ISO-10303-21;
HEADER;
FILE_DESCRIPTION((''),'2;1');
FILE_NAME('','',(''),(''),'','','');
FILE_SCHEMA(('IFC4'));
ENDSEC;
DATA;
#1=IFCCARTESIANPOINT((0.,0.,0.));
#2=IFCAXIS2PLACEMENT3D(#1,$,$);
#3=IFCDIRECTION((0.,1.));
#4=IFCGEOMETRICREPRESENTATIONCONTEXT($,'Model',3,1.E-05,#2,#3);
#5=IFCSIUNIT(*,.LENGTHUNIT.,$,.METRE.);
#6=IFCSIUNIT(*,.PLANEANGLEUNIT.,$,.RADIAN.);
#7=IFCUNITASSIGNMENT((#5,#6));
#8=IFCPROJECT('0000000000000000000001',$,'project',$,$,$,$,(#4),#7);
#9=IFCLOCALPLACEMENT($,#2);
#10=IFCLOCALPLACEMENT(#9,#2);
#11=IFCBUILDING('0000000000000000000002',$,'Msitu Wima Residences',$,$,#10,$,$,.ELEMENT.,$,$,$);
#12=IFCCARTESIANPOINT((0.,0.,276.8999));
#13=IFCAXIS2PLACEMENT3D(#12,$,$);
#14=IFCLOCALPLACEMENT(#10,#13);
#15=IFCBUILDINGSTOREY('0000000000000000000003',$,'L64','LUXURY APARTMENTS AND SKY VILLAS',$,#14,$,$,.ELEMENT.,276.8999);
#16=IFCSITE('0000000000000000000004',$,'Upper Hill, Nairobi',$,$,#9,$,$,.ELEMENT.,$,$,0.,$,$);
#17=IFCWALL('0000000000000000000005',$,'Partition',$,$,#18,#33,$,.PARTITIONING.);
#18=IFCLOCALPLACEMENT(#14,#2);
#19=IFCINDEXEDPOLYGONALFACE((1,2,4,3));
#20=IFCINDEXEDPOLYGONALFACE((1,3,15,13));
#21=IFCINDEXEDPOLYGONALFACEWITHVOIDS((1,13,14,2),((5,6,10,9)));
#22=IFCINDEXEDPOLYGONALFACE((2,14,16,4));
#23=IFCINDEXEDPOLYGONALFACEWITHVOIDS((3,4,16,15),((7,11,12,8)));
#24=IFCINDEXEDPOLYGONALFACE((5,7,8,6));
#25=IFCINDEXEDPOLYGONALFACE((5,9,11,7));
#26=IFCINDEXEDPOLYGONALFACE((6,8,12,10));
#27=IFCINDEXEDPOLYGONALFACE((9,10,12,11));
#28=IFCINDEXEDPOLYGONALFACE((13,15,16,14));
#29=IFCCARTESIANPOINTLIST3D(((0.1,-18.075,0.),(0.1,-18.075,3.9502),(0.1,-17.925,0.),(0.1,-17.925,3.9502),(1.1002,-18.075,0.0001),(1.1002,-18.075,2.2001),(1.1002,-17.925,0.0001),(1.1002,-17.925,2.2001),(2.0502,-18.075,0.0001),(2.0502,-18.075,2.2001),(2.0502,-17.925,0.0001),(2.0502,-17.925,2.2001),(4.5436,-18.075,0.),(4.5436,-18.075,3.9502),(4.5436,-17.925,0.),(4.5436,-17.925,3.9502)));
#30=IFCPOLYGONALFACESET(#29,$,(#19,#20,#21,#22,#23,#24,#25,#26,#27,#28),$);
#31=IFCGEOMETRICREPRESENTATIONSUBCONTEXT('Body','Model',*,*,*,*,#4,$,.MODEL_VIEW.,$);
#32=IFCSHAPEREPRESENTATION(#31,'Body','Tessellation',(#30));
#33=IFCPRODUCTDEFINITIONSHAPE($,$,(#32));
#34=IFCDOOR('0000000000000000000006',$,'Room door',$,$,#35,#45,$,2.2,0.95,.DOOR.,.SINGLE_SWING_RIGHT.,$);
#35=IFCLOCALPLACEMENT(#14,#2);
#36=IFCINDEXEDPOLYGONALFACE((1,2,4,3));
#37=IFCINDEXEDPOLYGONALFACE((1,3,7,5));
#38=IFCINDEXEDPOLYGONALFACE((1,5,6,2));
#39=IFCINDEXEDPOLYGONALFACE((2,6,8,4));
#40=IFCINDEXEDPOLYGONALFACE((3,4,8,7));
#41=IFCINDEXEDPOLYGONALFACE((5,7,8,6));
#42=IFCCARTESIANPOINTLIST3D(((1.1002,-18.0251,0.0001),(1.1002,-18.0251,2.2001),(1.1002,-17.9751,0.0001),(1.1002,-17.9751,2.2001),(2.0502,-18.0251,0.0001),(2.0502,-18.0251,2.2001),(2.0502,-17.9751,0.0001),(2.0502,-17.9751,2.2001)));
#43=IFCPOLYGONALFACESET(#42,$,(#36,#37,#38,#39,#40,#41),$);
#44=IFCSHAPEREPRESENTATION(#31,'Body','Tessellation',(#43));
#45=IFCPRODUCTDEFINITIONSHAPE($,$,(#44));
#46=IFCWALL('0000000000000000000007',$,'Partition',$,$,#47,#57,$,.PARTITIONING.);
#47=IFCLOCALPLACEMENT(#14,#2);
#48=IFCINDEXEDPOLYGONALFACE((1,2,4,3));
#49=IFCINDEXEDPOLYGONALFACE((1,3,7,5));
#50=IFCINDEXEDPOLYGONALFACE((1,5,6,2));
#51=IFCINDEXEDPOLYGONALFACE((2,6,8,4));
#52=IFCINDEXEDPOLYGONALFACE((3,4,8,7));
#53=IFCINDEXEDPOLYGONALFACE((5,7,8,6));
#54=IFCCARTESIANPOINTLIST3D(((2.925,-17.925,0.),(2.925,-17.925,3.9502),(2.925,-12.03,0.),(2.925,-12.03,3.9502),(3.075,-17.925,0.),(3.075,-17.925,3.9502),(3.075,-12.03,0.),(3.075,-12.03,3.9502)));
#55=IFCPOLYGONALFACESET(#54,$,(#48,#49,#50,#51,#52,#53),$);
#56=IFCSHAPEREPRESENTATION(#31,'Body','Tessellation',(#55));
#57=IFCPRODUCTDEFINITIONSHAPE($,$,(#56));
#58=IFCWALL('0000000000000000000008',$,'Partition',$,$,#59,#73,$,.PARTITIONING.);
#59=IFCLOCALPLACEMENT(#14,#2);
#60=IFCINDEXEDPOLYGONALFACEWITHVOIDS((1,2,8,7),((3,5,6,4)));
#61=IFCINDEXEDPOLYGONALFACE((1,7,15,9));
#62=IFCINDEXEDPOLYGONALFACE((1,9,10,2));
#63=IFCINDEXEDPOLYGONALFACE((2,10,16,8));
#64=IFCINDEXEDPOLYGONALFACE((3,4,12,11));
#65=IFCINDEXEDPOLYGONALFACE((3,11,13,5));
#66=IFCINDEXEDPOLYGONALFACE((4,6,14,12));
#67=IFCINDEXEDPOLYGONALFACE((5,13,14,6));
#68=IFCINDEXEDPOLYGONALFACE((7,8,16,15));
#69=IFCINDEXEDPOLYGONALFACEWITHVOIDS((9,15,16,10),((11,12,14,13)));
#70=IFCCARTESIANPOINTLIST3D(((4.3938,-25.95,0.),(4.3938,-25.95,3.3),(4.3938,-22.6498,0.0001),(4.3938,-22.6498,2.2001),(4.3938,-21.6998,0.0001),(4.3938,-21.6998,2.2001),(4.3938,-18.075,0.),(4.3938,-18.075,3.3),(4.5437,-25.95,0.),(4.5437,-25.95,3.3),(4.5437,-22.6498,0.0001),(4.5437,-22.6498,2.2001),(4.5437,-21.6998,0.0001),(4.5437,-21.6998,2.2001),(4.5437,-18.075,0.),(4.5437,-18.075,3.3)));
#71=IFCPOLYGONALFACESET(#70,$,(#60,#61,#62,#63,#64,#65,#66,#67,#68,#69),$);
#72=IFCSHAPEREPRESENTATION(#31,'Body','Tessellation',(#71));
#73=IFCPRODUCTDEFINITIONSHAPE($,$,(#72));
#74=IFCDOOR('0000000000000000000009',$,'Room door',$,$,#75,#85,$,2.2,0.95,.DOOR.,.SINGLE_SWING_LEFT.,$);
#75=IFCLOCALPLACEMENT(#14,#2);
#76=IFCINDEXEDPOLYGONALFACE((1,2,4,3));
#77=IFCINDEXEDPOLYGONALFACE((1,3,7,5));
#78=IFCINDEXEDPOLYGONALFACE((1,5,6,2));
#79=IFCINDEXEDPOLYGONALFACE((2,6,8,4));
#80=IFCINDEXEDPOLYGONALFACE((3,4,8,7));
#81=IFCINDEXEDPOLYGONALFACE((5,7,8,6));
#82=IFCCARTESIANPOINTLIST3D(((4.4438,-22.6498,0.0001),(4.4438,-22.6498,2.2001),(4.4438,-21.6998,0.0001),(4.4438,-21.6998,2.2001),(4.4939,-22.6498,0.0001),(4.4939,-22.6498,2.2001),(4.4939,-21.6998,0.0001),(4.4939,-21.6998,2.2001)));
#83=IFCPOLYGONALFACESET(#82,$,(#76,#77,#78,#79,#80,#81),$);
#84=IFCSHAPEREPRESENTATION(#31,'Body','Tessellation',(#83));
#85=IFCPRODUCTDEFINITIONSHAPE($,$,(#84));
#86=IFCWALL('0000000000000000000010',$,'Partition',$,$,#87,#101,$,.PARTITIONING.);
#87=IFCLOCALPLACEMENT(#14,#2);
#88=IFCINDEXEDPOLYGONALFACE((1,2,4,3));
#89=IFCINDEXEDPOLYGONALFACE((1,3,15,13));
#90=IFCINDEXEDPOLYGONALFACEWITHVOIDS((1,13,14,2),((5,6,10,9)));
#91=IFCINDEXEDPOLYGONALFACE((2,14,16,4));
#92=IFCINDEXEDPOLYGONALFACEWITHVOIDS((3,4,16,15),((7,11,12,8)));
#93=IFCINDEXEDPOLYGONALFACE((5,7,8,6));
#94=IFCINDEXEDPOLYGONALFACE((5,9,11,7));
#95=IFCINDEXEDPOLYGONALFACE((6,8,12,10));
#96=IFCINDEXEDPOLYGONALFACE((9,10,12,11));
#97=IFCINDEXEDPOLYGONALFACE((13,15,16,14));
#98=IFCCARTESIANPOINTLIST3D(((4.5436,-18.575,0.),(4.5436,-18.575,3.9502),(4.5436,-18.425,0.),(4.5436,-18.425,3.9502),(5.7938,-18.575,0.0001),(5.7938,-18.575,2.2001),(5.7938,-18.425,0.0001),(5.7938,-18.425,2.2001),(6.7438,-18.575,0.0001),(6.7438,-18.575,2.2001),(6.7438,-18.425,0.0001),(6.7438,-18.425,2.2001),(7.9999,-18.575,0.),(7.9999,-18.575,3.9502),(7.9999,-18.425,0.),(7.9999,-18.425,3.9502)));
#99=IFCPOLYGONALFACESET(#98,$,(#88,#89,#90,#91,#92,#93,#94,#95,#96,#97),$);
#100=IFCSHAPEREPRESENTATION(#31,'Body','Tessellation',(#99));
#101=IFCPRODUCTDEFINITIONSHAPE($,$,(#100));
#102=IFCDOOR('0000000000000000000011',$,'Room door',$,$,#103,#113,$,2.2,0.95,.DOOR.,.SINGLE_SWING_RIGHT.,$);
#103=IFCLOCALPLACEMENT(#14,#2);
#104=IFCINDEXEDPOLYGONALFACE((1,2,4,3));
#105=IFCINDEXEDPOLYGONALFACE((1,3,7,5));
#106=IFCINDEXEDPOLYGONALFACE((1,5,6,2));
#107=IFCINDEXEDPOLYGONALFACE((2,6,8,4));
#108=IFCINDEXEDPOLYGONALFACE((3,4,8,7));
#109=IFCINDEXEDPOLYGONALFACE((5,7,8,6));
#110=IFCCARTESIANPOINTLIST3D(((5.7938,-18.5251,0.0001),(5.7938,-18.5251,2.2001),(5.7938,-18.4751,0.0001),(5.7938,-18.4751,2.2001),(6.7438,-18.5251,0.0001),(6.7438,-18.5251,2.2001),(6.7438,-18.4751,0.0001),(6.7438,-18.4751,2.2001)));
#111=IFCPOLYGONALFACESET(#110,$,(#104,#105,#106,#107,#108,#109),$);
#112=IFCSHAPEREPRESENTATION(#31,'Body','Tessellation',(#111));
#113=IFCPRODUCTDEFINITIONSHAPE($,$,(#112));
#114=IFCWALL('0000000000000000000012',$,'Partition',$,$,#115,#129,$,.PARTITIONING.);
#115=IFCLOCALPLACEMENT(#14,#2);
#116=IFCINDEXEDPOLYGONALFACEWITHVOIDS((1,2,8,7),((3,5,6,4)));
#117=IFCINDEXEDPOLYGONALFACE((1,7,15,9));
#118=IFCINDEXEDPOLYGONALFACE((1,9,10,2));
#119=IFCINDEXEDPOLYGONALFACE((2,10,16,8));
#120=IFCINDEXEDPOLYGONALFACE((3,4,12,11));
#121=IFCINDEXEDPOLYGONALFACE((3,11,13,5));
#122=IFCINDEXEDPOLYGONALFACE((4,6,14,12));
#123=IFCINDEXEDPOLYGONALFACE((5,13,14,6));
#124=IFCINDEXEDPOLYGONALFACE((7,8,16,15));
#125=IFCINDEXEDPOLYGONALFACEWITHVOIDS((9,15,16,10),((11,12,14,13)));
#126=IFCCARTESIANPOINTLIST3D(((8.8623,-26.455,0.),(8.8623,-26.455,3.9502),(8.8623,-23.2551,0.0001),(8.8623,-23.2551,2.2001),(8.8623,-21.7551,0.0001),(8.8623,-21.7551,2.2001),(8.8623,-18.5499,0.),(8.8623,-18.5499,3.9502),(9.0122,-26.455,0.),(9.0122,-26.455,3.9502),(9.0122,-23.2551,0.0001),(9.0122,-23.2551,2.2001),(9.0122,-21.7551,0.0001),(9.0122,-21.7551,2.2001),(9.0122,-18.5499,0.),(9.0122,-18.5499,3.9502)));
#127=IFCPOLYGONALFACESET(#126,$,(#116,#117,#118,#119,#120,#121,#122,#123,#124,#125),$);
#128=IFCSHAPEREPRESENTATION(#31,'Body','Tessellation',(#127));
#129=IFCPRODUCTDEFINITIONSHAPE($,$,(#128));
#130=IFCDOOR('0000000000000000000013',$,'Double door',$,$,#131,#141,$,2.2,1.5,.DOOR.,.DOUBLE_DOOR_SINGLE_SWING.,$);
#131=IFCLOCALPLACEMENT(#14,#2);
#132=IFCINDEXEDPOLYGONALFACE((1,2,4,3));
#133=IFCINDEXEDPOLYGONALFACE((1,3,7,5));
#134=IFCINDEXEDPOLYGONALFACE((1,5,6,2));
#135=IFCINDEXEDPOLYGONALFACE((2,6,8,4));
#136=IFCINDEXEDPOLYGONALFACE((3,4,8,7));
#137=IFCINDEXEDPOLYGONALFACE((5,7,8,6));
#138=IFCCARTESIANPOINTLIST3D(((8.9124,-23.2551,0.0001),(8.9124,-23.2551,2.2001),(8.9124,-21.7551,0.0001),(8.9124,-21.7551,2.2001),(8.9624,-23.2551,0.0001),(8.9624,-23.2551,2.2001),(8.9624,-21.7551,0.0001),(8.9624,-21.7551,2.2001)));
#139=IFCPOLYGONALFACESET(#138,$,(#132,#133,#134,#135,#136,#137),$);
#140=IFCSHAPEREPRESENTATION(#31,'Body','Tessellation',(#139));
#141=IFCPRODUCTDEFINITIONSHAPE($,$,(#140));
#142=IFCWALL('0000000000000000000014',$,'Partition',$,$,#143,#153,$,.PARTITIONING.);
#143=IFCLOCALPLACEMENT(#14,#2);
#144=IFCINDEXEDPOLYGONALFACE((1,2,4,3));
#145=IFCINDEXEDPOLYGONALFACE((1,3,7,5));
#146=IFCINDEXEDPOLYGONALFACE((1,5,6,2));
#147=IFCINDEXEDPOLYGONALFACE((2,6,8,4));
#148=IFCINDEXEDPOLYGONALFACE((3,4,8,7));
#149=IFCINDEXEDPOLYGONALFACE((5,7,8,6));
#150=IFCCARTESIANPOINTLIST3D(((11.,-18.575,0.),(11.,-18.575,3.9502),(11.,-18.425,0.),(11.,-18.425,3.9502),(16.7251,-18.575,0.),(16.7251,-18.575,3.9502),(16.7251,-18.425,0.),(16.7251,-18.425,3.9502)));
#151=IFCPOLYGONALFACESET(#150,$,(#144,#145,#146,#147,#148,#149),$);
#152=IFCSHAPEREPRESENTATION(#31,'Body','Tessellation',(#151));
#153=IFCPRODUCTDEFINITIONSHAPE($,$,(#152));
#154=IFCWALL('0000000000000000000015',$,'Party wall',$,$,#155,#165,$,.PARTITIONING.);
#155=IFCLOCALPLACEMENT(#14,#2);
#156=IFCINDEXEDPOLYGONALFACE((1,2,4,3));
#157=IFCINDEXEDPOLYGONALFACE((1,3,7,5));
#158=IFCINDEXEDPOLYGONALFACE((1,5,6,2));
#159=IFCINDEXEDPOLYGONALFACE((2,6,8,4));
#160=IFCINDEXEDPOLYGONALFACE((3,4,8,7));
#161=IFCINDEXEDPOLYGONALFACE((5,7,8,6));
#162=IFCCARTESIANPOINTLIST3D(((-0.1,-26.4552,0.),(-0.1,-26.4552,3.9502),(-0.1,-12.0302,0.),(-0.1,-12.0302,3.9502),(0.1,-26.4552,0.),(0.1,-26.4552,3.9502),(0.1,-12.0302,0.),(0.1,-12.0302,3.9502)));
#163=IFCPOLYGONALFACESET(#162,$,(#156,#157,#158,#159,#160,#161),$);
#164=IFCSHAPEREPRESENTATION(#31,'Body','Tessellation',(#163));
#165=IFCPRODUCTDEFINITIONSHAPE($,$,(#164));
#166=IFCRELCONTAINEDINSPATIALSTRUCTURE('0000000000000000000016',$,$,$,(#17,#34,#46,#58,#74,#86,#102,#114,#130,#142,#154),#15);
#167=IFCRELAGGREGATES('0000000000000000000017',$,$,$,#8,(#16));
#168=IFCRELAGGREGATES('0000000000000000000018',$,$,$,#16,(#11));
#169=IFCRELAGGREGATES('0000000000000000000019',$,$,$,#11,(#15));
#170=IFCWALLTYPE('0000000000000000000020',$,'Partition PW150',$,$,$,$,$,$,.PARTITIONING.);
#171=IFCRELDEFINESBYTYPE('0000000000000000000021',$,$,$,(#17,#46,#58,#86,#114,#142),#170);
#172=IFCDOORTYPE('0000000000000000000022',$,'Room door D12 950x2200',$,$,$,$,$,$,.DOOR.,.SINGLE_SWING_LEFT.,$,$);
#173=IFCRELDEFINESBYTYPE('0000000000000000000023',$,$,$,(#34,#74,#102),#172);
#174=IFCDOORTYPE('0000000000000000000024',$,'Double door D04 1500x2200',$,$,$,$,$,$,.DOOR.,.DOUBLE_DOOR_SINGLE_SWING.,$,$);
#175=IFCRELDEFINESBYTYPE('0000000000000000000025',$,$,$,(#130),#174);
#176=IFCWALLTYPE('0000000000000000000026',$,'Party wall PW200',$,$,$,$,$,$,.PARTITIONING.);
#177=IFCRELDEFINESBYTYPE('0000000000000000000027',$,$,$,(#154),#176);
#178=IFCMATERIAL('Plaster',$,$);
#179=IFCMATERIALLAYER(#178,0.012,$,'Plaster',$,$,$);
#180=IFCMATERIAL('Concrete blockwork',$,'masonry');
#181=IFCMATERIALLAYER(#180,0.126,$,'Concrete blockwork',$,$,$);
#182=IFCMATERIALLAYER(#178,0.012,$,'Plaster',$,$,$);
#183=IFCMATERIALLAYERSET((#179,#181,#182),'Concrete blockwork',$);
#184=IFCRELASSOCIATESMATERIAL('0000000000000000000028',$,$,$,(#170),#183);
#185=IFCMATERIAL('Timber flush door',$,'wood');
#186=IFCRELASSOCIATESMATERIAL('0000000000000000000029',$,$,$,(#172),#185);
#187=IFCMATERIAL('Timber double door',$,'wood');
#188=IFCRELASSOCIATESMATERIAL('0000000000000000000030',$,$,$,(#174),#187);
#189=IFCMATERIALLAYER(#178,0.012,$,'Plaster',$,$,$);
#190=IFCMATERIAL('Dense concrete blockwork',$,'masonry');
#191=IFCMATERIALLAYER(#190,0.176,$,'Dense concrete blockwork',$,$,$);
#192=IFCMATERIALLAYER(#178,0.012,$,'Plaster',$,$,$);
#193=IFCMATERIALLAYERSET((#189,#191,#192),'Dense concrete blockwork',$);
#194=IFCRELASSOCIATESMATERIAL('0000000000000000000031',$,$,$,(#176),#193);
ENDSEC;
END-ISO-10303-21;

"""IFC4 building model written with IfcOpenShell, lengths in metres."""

from ifc_helpers import new_model, si_unit, direction, frame, frame_2d, origin, place, context, subcontext, project, spatial, rectangle, extrude, material, layer, layer_set, type_object, element, fill, save


model = new_model("IFC4")

# Units and contexts
model_context = context("Model", 3, precision=1e-05, world=origin(), true_north=direction((0.0, 1.0)))
body_context = subcontext(model_context, "Body", "Model", "MODEL_VIEW")
ifc_project = project(units=[si_unit("LENGTHUNIT", "METRE"), si_unit("PLANEANGLEUNIT", "RADIAN")], contexts=[model_context])

# Site, building, storey
site_placement = place(None, origin())
site = spatial("IfcSite", under=ifc_project, at=site_placement, Name="Upper Hill, Nairobi", CompositionType="ELEMENT", RefElevation=0.0)
building_placement = place(site_placement, origin())
building = spatial("IfcBuilding", under=site, at=building_placement, Name="Msitu Wima Residences", CompositionType="ELEMENT")
storey_placement = place(building_placement, frame((0.0, 0.0, 276.8999)))
storey = spatial("IfcBuildingStorey", under=building, at=storey_placement, Name="L64", Description="LUXURY APARTMENTS AND SKY VILLAS", CompositionType="ELEMENT", Elevation=276.8999)

# Wall, opening, door
ifc_material_1 = material(Name="Plaster")
ifc_layer_1 = layer(ifc_material_1, 0.012, Name="Plaster")
ifc_material_2 = material(Name="Concrete blockwork", Category="masonry")
ifc_layer_2 = layer(ifc_material_2, 0.126, Name="Concrete blockwork")
ifc_layer_3 = layer(ifc_material_1, 0.012, Name="Plaster")
ifc_layer_set_1 = layer_set([ifc_layer_1, ifc_layer_2, ifc_layer_3], Name="Concrete blockwork")
wall_type_1 = type_object("IfcWallType", Name="Partition PW150", PredefinedType="PARTITIONING", material=ifc_layer_set_1)
wall_1_placement = place(storey_placement, frame((0.1001, -18.0, 0.0), z_axis=(0.0, 0.0, 1.0), x_axis=(1.0, 0.0, 0.0)))
wall_1 = element("IfcWall", 1, at=wall_1_placement, inside=storey, type_object=wall_type_1, Name="Partition", PredefinedType="PARTITIONING", context=body_context, shape_type="SweptSolid", body=[
    extrude(rectangle(XDim=4.4436, YDim=0.1499, at=frame_2d((2.2217, 0.0))), origin(), (0.0, 0.0, 1.0), 3.9502),
])
opening_1_placement = place(wall_1_placement, frame((1.0, 0.0, 0.0)))
opening_1 = element("IfcOpeningElement", 2, at=opening_1_placement, cuts=wall_1, PredefinedType="OPENING", context=body_context, shape_type="SweptSolid", body=[
    extrude(rectangle(XDim=0.95, YDim=2.2, at=frame_2d((0.4751, 1.1001))), frame((0.0, 0.085, 0.0), z_axis=(0.0, -1.0, 0.0), x_axis=(1.0, 0.0, 0.0)), (0.0, 0.0, 1.0), 0.1699),
])
ifc_material_3 = material(Name="Timber flush door", Category="wood")
door_type_1 = type_object("IfcDoorType", Name="Room door D12 950x2200", OperationType="SINGLE_SWING_LEFT", PredefinedType="DOOR", material=ifc_material_3)
door_1_placement = place(opening_1_placement, origin())
door_1 = element("IfcDoor", 3, at=door_1_placement, inside=storey, type_object=door_type_1, Name="Room door", OperationType="SINGLE_SWING_RIGHT", OverallHeight=2.2, OverallWidth=0.95, PredefinedType="DOOR", context=body_context, shape_type="SweptSolid", body=[
    extrude(rectangle(XDim=0.95, YDim=2.2, at=frame_2d((0.4751, 1.1001))), frame((0.0, 0.0249, 0.0), z_axis=(0.0, -1.0, 0.0), x_axis=(1.0, 0.0, 0.0)), (0.0, 0.0, 1.0), 0.05),
])
fill(opening_1, door_1)

# Wall
wall_2_placement = place(storey_placement, frame((3.0, -17.925, 0.0), z_axis=(0.0, 0.0, 1.0), x_axis=(0.0, 1.0, 0.0)))
element("IfcWall", 4, at=wall_2_placement, inside=storey, type_object=wall_type_1, Name="Partition", PredefinedType="PARTITIONING", context=body_context, shape_type="SweptSolid", body=[
    extrude(rectangle(XDim=5.895, YDim=0.1499, at=frame_2d((2.9475, 0.0))), origin(), (0.0, 0.0, 1.0), 3.9502),
])

# Walls, openings, doors
wall_3_placement = place(storey_placement, frame((4.4688, -25.95, 0.0), z_axis=(0.0, 0.0, 1.0), x_axis=(0.0, 1.0, 0.0)))
wall_3 = element("IfcWall", 5, at=wall_3_placement, inside=storey, type_object=wall_type_1, Name="Partition", PredefinedType="PARTITIONING", context=body_context, shape_type="SweptSolid", body=[
    extrude(rectangle(XDim=7.875, YDim=0.1499, at=frame_2d((3.9375, 0.0))), origin(), (0.0, 0.0, 1.0), 3.3),
])
opening_2_placement = place(wall_3_placement, frame((3.3, 0.0, 0.0)))
opening_2 = element("IfcOpeningElement", 6, at=opening_2_placement, cuts=wall_3, PredefinedType="OPENING", context=body_context, shape_type="SweptSolid", body=[
    extrude(rectangle(XDim=0.95, YDim=2.2, at=frame_2d((0.4751, 1.1001))), frame((0.0, 0.085, 0.0), z_axis=(0.0, -1.0, 0.0), x_axis=(1.0, 0.0, 0.0)), (0.0, 0.0, 1.0), 0.1699),
])
door_2_placement = place(opening_2_placement, origin())
door_2 = element("IfcDoor", 7, at=door_2_placement, inside=storey, type_object=door_type_1, Name="Room door", OperationType="SINGLE_SWING_LEFT", OverallHeight=2.2, OverallWidth=0.95, PredefinedType="DOOR", context=body_context, shape_type="SweptSolid", body=[
    extrude(rectangle(XDim=0.95, YDim=2.2, at=frame_2d((0.4751, 1.1001))), frame((0.0, 0.0249, 0.0), z_axis=(0.0, -1.0, 0.0), x_axis=(1.0, 0.0, 0.0)), (0.0, 0.0, 1.0), 0.05),
])
fill(opening_2, door_2)
wall_4_placement = place(storey_placement, frame((4.5437, -18.5, 0.0), z_axis=(0.0, 0.0, 1.0), x_axis=(1.0, 0.0, 0.0)))
wall_4 = element("IfcWall", 8, at=wall_4_placement, inside=storey, type_object=wall_type_1, Name="Partition", PredefinedType="PARTITIONING", context=body_context, shape_type="SweptSolid", body=[
    extrude(rectangle(XDim=3.4563, YDim=0.1499, at=frame_2d((1.728, 0.0))), origin(), (0.0, 0.0, 1.0), 3.9502),
])
opening_3_placement = place(wall_4_placement, frame((1.25, 0.0, 0.0)))
opening_3 = element("IfcOpeningElement", 9, at=opening_3_placement, cuts=wall_4, PredefinedType="OPENING", context=body_context, shape_type="SweptSolid", body=[
    extrude(rectangle(XDim=0.95, YDim=2.2, at=frame_2d((0.4751, 1.1001))), frame((0.0, 0.085, 0.0), z_axis=(0.0, -1.0, 0.0), x_axis=(1.0, 0.0, 0.0)), (0.0, 0.0, 1.0), 0.1699),
])
door_3_placement = place(opening_3_placement, origin())
door_3 = element("IfcDoor", 10, at=door_3_placement, inside=storey, type_object=door_type_1, Name="Room door", OperationType="SINGLE_SWING_RIGHT", OverallHeight=2.2, OverallWidth=0.95, PredefinedType="DOOR", context=body_context, shape_type="SweptSolid", body=[
    extrude(rectangle(XDim=0.95, YDim=2.2, at=frame_2d((0.4751, 1.1001))), frame((0.0, 0.0249, 0.0), z_axis=(0.0, -1.0, 0.0), x_axis=(1.0, 0.0, 0.0)), (0.0, 0.0, 1.0), 0.05),
])
fill(opening_3, door_3)
wall_5_placement = place(storey_placement, frame((8.9373, -26.4551, 0.0), z_axis=(0.0, 0.0, 1.0), x_axis=(0.0, 1.0, 0.0)))
wall_5 = element("IfcWall", 11, at=wall_5_placement, inside=storey, type_object=wall_type_1, Name="Partition", PredefinedType="PARTITIONING", context=body_context, shape_type="SweptSolid", body=[
    extrude(rectangle(XDim=7.905, YDim=0.1499, at=frame_2d((3.9526, 0.0))), origin(), (0.0, 0.0, 1.0), 3.9502),
])
opening_4_placement = place(wall_5_placement, frame((3.2, 0.0, 0.0)))
opening_4 = element("IfcOpeningElement", 12, at=opening_4_placement, cuts=wall_5, PredefinedType="OPENING", context=body_context, shape_type="SweptSolid", body=[
    extrude(rectangle(XDim=1.5, YDim=2.2, at=frame_2d((0.75, 1.1001))), frame((0.0, 0.085, 0.0), z_axis=(0.0, -1.0, 0.0), x_axis=(1.0, 0.0, 0.0)), (0.0, 0.0, 1.0), 0.1699),
])
ifc_material_4 = material(Name="Timber double door", Category="wood")
door_type_2 = type_object("IfcDoorType", Name="Double door D04 1500x2200", OperationType="DOUBLE_DOOR_SINGLE_SWING", PredefinedType="DOOR", material=ifc_material_4)
door_4_placement = place(opening_4_placement, origin())
door_4 = element("IfcDoor", 13, at=door_4_placement, inside=storey, type_object=door_type_2, Name="Double door", OperationType="DOUBLE_DOOR_SINGLE_SWING", OverallHeight=2.2, OverallWidth=1.5, PredefinedType="DOOR", context=body_context, shape_type="SweptSolid", body=[
    extrude(rectangle(XDim=1.5, YDim=2.2, at=frame_2d((0.75, 1.1001))), frame((0.0, 0.0249, 0.0), z_axis=(0.0, -1.0, 0.0), x_axis=(1.0, 0.0, 0.0)), (0.0, 0.0, 1.0), 0.05),
])
fill(opening_4, door_4)

# Walls
wall_6_placement = place(storey_placement, frame((11.0, -18.5, 0.0), z_axis=(0.0, 0.0, 1.0), x_axis=(1.0, 0.0, 0.0)))
element("IfcWall", 14, at=wall_6_placement, inside=storey, type_object=wall_type_1, Name="Partition", PredefinedType="PARTITIONING", context=body_context, shape_type="SweptSolid", body=[
    extrude(rectangle(XDim=5.7251, YDim=0.1499, at=frame_2d((2.8625, 0.0))), origin(), (0.0, 0.0, 1.0), 3.9502),
])
ifc_layer_4 = layer(ifc_material_1, 0.012, Name="Plaster")
ifc_material_5 = material(Name="Dense concrete blockwork", Category="masonry")
ifc_layer_5 = layer(ifc_material_5, 0.176, Name="Dense concrete blockwork")
ifc_layer_6 = layer(ifc_material_1, 0.012, Name="Plaster")
ifc_layer_set_2 = layer_set([ifc_layer_4, ifc_layer_5, ifc_layer_6], Name="Dense concrete blockwork")
wall_type_2 = type_object("IfcWallType", Name="Party wall PW200", PredefinedType="PARTITIONING", material=ifc_layer_set_2)
wall_7_placement = place(storey_placement, frame((0.0, -26.4551, 0.0), z_axis=(0.0, 0.0, 1.0), x_axis=(0.0, 1.0, 0.0)))
element("IfcWall", 15, at=wall_7_placement, inside=storey, type_object=wall_type_2, Name="Party wall", PredefinedType="PARTITIONING", context=body_context, shape_type="SweptSolid", body=[
    extrude(rectangle(XDim=14.425, YDim=0.2, at=frame_2d((7.2124, 0.0))), origin(), (0.0, 0.0, 1.0), 3.9502),
])

save(model, "model.ifc")
